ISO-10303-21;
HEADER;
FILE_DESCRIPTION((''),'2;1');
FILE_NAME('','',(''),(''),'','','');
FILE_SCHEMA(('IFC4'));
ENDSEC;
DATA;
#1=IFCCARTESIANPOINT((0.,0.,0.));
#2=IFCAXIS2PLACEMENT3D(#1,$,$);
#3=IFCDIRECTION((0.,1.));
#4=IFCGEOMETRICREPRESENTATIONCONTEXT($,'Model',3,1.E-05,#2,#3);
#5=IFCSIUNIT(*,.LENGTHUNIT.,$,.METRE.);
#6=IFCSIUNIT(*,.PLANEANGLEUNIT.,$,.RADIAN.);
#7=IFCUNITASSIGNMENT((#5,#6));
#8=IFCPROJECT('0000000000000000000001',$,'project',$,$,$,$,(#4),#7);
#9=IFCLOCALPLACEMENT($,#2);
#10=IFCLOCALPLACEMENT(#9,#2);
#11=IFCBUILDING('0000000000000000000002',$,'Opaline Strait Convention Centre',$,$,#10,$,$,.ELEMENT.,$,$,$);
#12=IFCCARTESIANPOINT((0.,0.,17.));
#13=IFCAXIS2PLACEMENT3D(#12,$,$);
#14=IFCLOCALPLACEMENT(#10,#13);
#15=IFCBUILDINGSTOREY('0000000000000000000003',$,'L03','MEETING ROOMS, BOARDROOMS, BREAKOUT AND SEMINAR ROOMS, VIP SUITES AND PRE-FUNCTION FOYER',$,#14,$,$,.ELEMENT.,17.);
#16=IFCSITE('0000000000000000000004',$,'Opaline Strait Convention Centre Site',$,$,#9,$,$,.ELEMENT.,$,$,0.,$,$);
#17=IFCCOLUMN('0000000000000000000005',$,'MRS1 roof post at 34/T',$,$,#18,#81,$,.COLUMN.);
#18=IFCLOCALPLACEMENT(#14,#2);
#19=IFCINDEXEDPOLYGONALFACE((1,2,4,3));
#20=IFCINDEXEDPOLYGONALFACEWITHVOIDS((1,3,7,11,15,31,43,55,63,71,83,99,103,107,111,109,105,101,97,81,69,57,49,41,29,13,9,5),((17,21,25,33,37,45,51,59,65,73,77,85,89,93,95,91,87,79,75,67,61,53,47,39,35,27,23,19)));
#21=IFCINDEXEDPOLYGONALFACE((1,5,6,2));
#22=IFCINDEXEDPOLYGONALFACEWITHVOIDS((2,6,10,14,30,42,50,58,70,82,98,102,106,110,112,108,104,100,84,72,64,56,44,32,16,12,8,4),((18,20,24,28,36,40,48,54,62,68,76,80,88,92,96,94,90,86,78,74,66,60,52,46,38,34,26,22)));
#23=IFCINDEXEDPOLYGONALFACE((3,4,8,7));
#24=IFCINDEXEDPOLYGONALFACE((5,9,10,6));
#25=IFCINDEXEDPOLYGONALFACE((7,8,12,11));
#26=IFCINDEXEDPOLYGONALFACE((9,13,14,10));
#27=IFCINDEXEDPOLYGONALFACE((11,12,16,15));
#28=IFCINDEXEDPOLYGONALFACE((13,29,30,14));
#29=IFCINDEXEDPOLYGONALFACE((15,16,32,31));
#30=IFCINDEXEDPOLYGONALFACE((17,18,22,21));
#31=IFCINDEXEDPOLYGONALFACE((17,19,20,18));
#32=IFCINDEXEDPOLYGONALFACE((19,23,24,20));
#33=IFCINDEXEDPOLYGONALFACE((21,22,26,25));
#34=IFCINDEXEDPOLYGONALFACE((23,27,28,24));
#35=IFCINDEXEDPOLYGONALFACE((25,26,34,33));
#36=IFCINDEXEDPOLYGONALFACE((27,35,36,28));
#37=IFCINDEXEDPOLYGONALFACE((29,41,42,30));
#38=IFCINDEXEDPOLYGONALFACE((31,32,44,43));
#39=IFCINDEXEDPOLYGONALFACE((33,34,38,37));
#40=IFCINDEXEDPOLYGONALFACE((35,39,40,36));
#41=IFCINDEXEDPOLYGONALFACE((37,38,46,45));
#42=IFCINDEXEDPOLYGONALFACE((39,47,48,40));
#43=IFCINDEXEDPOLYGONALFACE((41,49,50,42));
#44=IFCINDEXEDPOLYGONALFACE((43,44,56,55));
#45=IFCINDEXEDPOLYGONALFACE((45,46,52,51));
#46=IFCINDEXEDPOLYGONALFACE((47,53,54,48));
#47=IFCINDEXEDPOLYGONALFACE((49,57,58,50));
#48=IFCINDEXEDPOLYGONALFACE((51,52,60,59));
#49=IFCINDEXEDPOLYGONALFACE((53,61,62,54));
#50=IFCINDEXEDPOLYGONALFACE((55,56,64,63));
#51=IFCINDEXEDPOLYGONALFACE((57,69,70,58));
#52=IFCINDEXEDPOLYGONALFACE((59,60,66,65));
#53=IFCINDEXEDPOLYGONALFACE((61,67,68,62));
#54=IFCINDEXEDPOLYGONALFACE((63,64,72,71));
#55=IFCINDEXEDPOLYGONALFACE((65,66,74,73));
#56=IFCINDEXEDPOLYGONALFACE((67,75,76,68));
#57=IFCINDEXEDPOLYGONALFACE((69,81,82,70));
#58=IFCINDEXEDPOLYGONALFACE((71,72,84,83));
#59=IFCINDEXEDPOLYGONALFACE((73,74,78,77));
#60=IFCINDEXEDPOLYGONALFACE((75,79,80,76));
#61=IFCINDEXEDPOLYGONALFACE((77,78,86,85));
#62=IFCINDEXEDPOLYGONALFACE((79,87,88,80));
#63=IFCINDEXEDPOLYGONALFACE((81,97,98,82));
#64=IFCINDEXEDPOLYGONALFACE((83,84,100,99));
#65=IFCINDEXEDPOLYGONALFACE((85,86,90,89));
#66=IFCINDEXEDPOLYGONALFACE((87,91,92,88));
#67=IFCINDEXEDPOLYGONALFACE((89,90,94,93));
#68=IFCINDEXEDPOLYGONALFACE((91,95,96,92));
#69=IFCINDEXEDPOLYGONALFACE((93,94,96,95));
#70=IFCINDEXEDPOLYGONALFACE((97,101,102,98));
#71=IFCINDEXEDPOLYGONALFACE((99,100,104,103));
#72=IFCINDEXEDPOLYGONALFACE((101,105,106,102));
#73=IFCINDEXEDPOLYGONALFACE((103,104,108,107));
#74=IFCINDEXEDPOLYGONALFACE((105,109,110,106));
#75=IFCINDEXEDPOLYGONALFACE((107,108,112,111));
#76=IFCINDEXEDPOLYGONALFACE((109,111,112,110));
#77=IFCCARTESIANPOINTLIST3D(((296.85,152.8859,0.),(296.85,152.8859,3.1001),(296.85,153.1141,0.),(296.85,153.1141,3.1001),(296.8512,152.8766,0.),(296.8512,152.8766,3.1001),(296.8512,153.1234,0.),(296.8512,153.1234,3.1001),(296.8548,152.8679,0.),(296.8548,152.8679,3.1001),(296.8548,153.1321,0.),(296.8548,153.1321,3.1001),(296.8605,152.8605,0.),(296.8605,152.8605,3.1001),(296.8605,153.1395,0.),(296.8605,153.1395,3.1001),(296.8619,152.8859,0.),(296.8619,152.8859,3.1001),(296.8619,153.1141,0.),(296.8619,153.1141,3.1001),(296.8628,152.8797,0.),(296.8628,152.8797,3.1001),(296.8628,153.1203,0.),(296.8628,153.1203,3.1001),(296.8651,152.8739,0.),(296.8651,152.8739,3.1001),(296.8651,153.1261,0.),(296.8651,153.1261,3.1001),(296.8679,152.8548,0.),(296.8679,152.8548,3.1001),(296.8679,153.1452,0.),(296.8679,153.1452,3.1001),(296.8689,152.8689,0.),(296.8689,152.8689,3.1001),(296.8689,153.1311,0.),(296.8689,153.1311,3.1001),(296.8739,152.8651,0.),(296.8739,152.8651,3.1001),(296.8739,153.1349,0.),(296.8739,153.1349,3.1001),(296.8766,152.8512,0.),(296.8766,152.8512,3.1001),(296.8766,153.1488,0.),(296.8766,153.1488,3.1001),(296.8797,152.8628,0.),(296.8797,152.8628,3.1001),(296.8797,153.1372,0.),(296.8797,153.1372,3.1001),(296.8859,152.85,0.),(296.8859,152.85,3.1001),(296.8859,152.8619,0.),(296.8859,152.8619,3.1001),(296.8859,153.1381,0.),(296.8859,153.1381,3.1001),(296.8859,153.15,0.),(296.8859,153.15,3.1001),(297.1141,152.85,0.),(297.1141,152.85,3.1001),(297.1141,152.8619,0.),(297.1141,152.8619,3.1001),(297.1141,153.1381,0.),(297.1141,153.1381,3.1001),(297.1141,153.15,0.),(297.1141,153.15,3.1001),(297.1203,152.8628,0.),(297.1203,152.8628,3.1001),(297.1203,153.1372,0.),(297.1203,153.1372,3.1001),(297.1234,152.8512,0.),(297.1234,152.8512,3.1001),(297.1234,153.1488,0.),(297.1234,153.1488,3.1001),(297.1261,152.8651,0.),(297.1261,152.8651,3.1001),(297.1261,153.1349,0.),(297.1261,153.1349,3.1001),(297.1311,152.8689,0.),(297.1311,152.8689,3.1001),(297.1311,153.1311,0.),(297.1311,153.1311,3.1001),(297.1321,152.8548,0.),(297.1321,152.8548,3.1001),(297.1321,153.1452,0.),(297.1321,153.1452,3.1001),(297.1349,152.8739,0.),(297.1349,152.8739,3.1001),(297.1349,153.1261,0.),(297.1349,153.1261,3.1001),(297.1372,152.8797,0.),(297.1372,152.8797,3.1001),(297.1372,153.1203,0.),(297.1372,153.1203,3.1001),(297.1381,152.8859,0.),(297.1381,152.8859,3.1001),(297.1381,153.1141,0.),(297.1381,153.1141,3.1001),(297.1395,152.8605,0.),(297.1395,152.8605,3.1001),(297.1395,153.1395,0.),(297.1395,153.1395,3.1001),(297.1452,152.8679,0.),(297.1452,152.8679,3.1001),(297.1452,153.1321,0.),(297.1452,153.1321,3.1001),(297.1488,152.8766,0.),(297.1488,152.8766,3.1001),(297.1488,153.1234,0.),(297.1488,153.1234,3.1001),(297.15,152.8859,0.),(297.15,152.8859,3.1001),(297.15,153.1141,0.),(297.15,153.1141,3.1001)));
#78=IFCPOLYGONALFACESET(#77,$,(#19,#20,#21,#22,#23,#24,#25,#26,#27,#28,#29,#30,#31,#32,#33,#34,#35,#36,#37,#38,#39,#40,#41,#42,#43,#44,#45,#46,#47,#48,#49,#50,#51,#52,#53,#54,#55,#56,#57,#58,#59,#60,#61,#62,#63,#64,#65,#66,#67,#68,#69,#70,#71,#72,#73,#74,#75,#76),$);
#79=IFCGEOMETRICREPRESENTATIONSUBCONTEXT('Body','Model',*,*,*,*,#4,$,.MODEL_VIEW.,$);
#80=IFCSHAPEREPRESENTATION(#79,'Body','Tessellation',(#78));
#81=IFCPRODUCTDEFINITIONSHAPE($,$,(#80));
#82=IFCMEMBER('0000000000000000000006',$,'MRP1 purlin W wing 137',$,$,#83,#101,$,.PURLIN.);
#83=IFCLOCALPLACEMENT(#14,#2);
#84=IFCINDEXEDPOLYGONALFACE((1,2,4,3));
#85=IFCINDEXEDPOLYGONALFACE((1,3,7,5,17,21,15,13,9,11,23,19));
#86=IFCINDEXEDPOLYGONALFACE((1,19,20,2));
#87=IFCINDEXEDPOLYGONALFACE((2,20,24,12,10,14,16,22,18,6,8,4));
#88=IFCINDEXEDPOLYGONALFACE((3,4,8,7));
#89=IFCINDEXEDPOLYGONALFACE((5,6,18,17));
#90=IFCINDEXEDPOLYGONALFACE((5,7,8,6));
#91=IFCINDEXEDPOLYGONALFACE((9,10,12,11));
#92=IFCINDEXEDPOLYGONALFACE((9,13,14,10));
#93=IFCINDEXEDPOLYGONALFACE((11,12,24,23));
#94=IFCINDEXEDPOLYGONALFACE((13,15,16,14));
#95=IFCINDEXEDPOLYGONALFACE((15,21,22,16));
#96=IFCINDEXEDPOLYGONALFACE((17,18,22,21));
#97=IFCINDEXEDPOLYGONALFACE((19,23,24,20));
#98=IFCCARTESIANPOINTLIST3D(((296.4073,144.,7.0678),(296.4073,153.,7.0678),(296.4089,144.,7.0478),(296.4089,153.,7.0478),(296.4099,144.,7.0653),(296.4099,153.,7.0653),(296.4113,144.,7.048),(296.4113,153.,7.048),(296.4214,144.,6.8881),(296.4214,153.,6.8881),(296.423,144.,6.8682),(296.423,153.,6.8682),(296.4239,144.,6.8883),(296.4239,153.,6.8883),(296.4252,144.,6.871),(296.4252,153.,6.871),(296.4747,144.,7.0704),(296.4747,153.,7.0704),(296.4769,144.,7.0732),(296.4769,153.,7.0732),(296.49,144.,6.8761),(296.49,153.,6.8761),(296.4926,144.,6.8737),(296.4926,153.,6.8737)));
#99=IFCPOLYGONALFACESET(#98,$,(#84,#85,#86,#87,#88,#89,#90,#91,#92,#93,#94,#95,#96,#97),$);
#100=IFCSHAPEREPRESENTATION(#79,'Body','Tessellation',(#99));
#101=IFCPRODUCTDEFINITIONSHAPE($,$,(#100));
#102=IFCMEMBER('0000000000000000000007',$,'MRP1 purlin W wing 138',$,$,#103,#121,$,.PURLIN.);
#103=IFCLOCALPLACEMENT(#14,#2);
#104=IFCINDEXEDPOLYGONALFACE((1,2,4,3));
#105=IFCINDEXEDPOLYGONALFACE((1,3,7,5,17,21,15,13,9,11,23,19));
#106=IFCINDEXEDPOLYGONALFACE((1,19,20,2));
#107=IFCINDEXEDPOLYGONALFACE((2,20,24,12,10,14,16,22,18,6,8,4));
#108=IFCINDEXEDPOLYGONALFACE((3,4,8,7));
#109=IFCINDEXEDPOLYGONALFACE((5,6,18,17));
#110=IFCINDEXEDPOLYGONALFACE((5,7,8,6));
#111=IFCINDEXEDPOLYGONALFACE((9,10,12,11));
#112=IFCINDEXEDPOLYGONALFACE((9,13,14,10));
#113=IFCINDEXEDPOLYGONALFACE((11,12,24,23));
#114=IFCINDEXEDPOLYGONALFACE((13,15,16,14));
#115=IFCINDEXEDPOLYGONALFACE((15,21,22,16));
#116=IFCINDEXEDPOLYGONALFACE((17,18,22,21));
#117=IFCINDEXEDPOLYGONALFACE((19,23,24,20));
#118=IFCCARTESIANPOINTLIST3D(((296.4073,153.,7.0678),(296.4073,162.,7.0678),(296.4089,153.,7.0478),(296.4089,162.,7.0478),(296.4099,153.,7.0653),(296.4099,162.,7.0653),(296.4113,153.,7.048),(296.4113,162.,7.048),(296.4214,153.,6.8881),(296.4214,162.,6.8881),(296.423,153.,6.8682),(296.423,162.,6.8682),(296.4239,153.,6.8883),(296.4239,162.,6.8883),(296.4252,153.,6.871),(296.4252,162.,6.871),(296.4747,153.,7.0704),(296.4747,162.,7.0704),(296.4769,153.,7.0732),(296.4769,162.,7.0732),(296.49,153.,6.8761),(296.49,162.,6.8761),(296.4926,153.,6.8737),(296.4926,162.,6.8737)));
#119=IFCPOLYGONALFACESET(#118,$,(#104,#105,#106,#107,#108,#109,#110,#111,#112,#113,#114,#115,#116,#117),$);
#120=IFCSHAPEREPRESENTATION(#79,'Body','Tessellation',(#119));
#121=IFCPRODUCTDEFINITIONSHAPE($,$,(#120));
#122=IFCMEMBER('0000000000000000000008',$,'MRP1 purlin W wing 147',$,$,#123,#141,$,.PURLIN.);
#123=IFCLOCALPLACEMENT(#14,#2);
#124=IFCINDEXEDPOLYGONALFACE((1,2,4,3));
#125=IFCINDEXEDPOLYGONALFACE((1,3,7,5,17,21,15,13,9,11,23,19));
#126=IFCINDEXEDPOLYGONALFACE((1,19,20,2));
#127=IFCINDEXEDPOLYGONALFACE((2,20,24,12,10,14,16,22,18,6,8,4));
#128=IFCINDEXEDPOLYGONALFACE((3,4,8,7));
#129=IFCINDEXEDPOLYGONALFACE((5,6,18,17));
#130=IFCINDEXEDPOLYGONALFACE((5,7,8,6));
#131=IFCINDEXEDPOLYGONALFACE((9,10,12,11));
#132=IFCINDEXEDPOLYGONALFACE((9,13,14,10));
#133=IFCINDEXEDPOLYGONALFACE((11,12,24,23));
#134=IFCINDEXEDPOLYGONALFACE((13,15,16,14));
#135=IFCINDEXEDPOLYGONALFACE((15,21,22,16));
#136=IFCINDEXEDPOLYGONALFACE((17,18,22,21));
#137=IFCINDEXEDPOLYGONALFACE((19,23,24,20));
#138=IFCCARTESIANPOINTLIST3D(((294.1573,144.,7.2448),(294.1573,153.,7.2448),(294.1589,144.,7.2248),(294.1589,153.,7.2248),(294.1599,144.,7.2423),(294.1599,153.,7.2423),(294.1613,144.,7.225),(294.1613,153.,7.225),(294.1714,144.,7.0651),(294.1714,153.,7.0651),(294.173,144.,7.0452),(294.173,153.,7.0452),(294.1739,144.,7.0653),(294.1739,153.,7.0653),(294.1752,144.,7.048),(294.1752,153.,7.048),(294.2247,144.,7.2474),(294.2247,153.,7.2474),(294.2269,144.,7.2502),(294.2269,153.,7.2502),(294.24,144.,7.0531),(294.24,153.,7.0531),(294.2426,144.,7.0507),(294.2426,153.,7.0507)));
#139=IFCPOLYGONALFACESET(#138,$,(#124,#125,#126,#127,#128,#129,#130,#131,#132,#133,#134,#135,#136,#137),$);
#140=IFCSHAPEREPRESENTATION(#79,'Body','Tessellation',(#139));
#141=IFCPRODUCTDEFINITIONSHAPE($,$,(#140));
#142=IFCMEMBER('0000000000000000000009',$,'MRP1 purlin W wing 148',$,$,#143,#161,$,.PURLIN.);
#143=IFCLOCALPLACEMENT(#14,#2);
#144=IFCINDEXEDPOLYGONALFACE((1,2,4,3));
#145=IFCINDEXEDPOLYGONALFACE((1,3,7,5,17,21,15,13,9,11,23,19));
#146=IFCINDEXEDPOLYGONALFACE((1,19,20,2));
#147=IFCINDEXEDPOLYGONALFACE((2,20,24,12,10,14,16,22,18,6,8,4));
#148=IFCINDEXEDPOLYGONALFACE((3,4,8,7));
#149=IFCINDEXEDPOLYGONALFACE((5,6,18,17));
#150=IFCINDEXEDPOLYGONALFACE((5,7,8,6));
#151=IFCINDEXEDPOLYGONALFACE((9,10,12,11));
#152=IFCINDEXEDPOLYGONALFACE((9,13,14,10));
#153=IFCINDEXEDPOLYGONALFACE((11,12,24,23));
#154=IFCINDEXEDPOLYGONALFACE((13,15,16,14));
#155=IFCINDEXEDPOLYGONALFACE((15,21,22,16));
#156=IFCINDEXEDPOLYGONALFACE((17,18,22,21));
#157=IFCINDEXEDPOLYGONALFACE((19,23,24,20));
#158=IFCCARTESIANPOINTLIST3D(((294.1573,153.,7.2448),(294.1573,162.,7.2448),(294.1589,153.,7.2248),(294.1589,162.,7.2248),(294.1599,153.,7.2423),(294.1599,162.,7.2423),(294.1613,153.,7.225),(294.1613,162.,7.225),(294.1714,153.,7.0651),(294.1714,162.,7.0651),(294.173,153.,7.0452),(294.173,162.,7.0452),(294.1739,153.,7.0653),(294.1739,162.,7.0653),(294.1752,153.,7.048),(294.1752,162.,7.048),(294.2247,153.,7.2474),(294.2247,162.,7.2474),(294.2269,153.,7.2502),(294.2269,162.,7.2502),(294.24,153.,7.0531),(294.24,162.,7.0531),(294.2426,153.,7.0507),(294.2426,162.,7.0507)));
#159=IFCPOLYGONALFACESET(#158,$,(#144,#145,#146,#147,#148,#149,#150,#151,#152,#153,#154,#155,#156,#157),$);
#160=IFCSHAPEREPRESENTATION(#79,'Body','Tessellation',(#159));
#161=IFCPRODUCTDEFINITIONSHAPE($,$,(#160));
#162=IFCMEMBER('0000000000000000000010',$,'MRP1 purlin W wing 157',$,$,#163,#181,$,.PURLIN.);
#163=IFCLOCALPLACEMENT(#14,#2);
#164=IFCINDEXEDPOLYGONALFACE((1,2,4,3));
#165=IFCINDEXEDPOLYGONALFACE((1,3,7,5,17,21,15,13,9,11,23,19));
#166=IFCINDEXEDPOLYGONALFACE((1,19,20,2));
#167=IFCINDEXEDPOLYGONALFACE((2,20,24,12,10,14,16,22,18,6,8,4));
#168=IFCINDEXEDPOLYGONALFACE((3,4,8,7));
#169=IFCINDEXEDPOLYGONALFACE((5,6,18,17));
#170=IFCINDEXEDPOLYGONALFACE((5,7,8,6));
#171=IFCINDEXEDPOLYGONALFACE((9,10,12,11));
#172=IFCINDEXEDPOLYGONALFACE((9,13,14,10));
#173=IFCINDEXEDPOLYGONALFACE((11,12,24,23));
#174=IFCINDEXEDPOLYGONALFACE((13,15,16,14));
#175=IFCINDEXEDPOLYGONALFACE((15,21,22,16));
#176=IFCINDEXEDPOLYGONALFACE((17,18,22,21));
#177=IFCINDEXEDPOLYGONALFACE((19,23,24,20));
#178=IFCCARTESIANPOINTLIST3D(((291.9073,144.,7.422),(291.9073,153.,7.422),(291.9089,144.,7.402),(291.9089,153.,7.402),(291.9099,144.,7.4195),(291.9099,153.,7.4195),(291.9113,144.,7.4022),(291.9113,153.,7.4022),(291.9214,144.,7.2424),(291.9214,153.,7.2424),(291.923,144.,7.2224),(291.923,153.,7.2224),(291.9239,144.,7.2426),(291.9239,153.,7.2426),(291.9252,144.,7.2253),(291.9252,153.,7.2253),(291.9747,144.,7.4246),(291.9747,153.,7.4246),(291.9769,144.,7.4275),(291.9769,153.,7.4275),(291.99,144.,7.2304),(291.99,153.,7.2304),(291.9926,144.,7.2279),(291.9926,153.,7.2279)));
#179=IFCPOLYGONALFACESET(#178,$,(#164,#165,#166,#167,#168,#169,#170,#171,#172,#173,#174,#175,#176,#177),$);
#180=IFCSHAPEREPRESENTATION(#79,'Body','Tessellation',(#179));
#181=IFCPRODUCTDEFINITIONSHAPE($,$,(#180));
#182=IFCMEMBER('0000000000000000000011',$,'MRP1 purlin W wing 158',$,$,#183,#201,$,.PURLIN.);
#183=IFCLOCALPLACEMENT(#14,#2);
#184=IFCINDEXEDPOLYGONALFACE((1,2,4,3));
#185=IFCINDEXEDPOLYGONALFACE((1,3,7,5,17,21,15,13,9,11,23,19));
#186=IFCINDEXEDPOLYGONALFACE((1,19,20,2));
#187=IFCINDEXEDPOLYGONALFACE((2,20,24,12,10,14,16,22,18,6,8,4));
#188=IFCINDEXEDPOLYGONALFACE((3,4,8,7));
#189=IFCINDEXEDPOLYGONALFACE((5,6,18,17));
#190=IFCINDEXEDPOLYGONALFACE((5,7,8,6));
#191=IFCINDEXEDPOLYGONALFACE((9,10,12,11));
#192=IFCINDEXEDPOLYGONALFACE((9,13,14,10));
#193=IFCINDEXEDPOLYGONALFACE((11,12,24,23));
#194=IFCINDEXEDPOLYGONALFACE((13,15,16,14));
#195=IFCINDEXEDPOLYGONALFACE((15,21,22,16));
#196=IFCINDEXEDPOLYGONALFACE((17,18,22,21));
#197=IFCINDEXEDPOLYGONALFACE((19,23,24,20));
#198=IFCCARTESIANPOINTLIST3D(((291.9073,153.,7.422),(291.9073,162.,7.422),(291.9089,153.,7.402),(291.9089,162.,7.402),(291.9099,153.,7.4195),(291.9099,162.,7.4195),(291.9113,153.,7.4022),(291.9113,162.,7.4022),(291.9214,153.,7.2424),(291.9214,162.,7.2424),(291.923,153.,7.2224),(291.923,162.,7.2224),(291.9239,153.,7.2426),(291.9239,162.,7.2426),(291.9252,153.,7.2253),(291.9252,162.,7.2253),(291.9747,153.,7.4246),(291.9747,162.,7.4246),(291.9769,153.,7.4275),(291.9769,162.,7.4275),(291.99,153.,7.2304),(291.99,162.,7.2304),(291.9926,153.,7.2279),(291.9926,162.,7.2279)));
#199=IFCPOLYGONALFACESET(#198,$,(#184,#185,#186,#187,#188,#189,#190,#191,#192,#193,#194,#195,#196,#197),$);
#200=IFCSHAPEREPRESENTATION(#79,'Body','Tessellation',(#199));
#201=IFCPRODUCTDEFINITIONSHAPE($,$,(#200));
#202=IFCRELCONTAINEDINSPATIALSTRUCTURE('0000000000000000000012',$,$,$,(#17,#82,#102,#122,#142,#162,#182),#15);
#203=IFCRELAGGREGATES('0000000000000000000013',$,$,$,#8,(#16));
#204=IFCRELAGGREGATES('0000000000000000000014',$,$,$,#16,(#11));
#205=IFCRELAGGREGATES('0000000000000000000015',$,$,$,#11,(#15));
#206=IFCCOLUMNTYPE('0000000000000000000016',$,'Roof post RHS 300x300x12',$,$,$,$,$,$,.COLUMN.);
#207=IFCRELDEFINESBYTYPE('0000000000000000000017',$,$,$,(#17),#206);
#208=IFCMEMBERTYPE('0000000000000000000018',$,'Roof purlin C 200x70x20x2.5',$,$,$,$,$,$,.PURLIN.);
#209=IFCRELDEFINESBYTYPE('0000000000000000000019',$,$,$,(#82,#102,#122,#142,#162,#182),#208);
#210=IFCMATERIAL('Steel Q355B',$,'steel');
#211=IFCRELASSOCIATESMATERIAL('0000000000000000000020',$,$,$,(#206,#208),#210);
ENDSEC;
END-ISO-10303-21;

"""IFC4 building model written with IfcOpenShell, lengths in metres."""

from ifc_helpers import new_model, si_unit, direction, frame, origin, origin_2d, place, context, subcontext, project, spatial, polyline, hollow_rectangle, outline, extrude, material, material_profile, profile_set, type_object, element, save


model = new_model("IFC4")

# Units and contexts
model_context = context("Model", 3, precision=1e-05, world=origin(), true_north=direction((0.0, 1.0)))
body_context = subcontext(model_context, "Body", "Model", "MODEL_VIEW")
ifc_project = project(units=[si_unit("LENGTHUNIT", "METRE"), si_unit("PLANEANGLEUNIT", "RADIAN")], contexts=[model_context])

# Site, building, storey
site_placement = place(None, origin())
site = spatial("IfcSite", under=ifc_project, at=site_placement, Name="Opaline Strait Convention Centre Site", CompositionType="ELEMENT", RefElevation=0.0)
building_placement = place(site_placement, origin())
building = spatial("IfcBuilding", under=site, at=building_placement, Name="Opaline Strait Convention Centre", CompositionType="ELEMENT")
storey_placement = place(building_placement, frame((0.0, 0.0, 17.0)))
storey = spatial("IfcBuildingStorey", under=building, at=storey_placement, Name="L03", Description="MEETING ROOMS, BOARDROOMS, BREAKOUT AND SEMINAR ROOMS, VIP SUITES AND PRE-FUNCTION FOYER", CompositionType="ELEMENT", Elevation=17.0)

# Column
ifc_material_1 = material(Name="Steel Q355B", Category="steel")
ifc_material_profile_1 = material_profile(ifc_material_1, hollow_rectangle(XDim=0.3, YDim=0.3, WallThickness=0.012, InnerFilletRadius=0.0239, OuterFilletRadius=0.0359, at=origin_2d()), Name="RHS 300x300x12")
ifc_profile_set_1 = profile_set([ifc_material_profile_1], Name="Steel Q355B")
column_type = type_object("IfcColumnType", Name="Roof post RHS 300x300x12", PredefinedType="COLUMN", material=ifc_profile_set_1)
for number, where, z_axis, x_axis, name in (
    (1, (297.0, 153.0, 0.0), (0.0, 0.0, 1.0), (1.0, 0.0, 0.0), "MRS1 roof post at 34/T"),
):
    element("IfcColumn", number, at=place(storey_placement, frame(where, z_axis=z_axis, x_axis=x_axis)), inside=storey, type_object=column_type, Name=name, PredefinedType="COLUMN", context=body_context, shape_type="SweptSolid", body=[
        extrude(hollow_rectangle(XDim=0.3, YDim=0.3, WallThickness=0.012, InnerFilletRadius=0.0239, OuterFilletRadius=0.0359, at=origin_2d()), origin(), (0.0, 0.0, 1.0), 3.1001),
    ])

# Members
ifc_material_profile_2 = material_profile(ifc_material_1, outline(polyline([(-0.0349, -0.1001), (0.0349, -0.1001), (0.0349, -0.0801), (0.0325, -0.0801), (0.0325, -0.0974), (-0.0325, -0.0974), (-0.0325, 0.0974), (0.0325, 0.0974), (0.0325, 0.0801), (0.0349, 0.0801), (0.0349, 0.1001), (-0.0349, 0.1001), (-0.0349, -0.1001)])), Name="C 200x70x20x2.5")
ifc_profile_set_2 = profile_set([ifc_material_profile_2], Name="Steel Q355B")
member_type_1 = type_object("IfcMemberType", Name="Roof purlin C 200x70x20x2.5", PredefinedType="PURLIN", material=ifc_profile_set_2)
for number, where, z_axis, x_axis, name in (
    (2, (296.45, 144.0, 6.9707), (0.0, 1.0, 0.0), (-0.996917, 0.0, -0.078459), "MRP1 purlin W wing 137"),
    (3, (296.45, 153.0, 6.9707), (0.0, 1.0, 0.0), (-0.996917, 0.0, -0.078459), "MRP1 purlin W wing 138"),
    (4, (294.2, 144.0, 7.1477), (0.0, 1.0, 0.0), (-0.996917, 0.0, -0.078459), "MRP1 purlin W wing 147"),
    (5, (294.2, 153.0, 7.1477), (0.0, 1.0, 0.0), (-0.996917, 0.0, -0.078459), "MRP1 purlin W wing 148"),
    (6, (291.95, 144.0, 7.325), (0.0, 1.0, 0.0), (-0.996917, 0.0, -0.078459), "MRP1 purlin W wing 157"),
    (7, (291.95, 153.0, 7.325), (0.0, 1.0, 0.0), (-0.996917, 0.0, -0.078459), "MRP1 purlin W wing 158"),
):
    element("IfcMember", number, at=place(storey_placement, frame(where, z_axis=z_axis, x_axis=x_axis)), inside=storey, type_object=member_type_1, Name=name, PredefinedType="PURLIN", context=body_context, shape_type="SweptSolid", body=[
        extrude(outline(polyline([(-0.0349, -0.1001), (0.0349, -0.1001), (0.0349, -0.0801), (0.0325, -0.0801), (0.0325, -0.0974), (-0.0325, -0.0974), (-0.0325, 0.0974), (0.0325, 0.0974), (0.0325, 0.0801), (0.0349, 0.0801), (0.0349, 0.1001), (-0.0349, 0.1001), (-0.0349, -0.1001)])), origin(), (0.0, 0.0, 1.0), 9.0),
    ])

save(model, "model.ifc")
